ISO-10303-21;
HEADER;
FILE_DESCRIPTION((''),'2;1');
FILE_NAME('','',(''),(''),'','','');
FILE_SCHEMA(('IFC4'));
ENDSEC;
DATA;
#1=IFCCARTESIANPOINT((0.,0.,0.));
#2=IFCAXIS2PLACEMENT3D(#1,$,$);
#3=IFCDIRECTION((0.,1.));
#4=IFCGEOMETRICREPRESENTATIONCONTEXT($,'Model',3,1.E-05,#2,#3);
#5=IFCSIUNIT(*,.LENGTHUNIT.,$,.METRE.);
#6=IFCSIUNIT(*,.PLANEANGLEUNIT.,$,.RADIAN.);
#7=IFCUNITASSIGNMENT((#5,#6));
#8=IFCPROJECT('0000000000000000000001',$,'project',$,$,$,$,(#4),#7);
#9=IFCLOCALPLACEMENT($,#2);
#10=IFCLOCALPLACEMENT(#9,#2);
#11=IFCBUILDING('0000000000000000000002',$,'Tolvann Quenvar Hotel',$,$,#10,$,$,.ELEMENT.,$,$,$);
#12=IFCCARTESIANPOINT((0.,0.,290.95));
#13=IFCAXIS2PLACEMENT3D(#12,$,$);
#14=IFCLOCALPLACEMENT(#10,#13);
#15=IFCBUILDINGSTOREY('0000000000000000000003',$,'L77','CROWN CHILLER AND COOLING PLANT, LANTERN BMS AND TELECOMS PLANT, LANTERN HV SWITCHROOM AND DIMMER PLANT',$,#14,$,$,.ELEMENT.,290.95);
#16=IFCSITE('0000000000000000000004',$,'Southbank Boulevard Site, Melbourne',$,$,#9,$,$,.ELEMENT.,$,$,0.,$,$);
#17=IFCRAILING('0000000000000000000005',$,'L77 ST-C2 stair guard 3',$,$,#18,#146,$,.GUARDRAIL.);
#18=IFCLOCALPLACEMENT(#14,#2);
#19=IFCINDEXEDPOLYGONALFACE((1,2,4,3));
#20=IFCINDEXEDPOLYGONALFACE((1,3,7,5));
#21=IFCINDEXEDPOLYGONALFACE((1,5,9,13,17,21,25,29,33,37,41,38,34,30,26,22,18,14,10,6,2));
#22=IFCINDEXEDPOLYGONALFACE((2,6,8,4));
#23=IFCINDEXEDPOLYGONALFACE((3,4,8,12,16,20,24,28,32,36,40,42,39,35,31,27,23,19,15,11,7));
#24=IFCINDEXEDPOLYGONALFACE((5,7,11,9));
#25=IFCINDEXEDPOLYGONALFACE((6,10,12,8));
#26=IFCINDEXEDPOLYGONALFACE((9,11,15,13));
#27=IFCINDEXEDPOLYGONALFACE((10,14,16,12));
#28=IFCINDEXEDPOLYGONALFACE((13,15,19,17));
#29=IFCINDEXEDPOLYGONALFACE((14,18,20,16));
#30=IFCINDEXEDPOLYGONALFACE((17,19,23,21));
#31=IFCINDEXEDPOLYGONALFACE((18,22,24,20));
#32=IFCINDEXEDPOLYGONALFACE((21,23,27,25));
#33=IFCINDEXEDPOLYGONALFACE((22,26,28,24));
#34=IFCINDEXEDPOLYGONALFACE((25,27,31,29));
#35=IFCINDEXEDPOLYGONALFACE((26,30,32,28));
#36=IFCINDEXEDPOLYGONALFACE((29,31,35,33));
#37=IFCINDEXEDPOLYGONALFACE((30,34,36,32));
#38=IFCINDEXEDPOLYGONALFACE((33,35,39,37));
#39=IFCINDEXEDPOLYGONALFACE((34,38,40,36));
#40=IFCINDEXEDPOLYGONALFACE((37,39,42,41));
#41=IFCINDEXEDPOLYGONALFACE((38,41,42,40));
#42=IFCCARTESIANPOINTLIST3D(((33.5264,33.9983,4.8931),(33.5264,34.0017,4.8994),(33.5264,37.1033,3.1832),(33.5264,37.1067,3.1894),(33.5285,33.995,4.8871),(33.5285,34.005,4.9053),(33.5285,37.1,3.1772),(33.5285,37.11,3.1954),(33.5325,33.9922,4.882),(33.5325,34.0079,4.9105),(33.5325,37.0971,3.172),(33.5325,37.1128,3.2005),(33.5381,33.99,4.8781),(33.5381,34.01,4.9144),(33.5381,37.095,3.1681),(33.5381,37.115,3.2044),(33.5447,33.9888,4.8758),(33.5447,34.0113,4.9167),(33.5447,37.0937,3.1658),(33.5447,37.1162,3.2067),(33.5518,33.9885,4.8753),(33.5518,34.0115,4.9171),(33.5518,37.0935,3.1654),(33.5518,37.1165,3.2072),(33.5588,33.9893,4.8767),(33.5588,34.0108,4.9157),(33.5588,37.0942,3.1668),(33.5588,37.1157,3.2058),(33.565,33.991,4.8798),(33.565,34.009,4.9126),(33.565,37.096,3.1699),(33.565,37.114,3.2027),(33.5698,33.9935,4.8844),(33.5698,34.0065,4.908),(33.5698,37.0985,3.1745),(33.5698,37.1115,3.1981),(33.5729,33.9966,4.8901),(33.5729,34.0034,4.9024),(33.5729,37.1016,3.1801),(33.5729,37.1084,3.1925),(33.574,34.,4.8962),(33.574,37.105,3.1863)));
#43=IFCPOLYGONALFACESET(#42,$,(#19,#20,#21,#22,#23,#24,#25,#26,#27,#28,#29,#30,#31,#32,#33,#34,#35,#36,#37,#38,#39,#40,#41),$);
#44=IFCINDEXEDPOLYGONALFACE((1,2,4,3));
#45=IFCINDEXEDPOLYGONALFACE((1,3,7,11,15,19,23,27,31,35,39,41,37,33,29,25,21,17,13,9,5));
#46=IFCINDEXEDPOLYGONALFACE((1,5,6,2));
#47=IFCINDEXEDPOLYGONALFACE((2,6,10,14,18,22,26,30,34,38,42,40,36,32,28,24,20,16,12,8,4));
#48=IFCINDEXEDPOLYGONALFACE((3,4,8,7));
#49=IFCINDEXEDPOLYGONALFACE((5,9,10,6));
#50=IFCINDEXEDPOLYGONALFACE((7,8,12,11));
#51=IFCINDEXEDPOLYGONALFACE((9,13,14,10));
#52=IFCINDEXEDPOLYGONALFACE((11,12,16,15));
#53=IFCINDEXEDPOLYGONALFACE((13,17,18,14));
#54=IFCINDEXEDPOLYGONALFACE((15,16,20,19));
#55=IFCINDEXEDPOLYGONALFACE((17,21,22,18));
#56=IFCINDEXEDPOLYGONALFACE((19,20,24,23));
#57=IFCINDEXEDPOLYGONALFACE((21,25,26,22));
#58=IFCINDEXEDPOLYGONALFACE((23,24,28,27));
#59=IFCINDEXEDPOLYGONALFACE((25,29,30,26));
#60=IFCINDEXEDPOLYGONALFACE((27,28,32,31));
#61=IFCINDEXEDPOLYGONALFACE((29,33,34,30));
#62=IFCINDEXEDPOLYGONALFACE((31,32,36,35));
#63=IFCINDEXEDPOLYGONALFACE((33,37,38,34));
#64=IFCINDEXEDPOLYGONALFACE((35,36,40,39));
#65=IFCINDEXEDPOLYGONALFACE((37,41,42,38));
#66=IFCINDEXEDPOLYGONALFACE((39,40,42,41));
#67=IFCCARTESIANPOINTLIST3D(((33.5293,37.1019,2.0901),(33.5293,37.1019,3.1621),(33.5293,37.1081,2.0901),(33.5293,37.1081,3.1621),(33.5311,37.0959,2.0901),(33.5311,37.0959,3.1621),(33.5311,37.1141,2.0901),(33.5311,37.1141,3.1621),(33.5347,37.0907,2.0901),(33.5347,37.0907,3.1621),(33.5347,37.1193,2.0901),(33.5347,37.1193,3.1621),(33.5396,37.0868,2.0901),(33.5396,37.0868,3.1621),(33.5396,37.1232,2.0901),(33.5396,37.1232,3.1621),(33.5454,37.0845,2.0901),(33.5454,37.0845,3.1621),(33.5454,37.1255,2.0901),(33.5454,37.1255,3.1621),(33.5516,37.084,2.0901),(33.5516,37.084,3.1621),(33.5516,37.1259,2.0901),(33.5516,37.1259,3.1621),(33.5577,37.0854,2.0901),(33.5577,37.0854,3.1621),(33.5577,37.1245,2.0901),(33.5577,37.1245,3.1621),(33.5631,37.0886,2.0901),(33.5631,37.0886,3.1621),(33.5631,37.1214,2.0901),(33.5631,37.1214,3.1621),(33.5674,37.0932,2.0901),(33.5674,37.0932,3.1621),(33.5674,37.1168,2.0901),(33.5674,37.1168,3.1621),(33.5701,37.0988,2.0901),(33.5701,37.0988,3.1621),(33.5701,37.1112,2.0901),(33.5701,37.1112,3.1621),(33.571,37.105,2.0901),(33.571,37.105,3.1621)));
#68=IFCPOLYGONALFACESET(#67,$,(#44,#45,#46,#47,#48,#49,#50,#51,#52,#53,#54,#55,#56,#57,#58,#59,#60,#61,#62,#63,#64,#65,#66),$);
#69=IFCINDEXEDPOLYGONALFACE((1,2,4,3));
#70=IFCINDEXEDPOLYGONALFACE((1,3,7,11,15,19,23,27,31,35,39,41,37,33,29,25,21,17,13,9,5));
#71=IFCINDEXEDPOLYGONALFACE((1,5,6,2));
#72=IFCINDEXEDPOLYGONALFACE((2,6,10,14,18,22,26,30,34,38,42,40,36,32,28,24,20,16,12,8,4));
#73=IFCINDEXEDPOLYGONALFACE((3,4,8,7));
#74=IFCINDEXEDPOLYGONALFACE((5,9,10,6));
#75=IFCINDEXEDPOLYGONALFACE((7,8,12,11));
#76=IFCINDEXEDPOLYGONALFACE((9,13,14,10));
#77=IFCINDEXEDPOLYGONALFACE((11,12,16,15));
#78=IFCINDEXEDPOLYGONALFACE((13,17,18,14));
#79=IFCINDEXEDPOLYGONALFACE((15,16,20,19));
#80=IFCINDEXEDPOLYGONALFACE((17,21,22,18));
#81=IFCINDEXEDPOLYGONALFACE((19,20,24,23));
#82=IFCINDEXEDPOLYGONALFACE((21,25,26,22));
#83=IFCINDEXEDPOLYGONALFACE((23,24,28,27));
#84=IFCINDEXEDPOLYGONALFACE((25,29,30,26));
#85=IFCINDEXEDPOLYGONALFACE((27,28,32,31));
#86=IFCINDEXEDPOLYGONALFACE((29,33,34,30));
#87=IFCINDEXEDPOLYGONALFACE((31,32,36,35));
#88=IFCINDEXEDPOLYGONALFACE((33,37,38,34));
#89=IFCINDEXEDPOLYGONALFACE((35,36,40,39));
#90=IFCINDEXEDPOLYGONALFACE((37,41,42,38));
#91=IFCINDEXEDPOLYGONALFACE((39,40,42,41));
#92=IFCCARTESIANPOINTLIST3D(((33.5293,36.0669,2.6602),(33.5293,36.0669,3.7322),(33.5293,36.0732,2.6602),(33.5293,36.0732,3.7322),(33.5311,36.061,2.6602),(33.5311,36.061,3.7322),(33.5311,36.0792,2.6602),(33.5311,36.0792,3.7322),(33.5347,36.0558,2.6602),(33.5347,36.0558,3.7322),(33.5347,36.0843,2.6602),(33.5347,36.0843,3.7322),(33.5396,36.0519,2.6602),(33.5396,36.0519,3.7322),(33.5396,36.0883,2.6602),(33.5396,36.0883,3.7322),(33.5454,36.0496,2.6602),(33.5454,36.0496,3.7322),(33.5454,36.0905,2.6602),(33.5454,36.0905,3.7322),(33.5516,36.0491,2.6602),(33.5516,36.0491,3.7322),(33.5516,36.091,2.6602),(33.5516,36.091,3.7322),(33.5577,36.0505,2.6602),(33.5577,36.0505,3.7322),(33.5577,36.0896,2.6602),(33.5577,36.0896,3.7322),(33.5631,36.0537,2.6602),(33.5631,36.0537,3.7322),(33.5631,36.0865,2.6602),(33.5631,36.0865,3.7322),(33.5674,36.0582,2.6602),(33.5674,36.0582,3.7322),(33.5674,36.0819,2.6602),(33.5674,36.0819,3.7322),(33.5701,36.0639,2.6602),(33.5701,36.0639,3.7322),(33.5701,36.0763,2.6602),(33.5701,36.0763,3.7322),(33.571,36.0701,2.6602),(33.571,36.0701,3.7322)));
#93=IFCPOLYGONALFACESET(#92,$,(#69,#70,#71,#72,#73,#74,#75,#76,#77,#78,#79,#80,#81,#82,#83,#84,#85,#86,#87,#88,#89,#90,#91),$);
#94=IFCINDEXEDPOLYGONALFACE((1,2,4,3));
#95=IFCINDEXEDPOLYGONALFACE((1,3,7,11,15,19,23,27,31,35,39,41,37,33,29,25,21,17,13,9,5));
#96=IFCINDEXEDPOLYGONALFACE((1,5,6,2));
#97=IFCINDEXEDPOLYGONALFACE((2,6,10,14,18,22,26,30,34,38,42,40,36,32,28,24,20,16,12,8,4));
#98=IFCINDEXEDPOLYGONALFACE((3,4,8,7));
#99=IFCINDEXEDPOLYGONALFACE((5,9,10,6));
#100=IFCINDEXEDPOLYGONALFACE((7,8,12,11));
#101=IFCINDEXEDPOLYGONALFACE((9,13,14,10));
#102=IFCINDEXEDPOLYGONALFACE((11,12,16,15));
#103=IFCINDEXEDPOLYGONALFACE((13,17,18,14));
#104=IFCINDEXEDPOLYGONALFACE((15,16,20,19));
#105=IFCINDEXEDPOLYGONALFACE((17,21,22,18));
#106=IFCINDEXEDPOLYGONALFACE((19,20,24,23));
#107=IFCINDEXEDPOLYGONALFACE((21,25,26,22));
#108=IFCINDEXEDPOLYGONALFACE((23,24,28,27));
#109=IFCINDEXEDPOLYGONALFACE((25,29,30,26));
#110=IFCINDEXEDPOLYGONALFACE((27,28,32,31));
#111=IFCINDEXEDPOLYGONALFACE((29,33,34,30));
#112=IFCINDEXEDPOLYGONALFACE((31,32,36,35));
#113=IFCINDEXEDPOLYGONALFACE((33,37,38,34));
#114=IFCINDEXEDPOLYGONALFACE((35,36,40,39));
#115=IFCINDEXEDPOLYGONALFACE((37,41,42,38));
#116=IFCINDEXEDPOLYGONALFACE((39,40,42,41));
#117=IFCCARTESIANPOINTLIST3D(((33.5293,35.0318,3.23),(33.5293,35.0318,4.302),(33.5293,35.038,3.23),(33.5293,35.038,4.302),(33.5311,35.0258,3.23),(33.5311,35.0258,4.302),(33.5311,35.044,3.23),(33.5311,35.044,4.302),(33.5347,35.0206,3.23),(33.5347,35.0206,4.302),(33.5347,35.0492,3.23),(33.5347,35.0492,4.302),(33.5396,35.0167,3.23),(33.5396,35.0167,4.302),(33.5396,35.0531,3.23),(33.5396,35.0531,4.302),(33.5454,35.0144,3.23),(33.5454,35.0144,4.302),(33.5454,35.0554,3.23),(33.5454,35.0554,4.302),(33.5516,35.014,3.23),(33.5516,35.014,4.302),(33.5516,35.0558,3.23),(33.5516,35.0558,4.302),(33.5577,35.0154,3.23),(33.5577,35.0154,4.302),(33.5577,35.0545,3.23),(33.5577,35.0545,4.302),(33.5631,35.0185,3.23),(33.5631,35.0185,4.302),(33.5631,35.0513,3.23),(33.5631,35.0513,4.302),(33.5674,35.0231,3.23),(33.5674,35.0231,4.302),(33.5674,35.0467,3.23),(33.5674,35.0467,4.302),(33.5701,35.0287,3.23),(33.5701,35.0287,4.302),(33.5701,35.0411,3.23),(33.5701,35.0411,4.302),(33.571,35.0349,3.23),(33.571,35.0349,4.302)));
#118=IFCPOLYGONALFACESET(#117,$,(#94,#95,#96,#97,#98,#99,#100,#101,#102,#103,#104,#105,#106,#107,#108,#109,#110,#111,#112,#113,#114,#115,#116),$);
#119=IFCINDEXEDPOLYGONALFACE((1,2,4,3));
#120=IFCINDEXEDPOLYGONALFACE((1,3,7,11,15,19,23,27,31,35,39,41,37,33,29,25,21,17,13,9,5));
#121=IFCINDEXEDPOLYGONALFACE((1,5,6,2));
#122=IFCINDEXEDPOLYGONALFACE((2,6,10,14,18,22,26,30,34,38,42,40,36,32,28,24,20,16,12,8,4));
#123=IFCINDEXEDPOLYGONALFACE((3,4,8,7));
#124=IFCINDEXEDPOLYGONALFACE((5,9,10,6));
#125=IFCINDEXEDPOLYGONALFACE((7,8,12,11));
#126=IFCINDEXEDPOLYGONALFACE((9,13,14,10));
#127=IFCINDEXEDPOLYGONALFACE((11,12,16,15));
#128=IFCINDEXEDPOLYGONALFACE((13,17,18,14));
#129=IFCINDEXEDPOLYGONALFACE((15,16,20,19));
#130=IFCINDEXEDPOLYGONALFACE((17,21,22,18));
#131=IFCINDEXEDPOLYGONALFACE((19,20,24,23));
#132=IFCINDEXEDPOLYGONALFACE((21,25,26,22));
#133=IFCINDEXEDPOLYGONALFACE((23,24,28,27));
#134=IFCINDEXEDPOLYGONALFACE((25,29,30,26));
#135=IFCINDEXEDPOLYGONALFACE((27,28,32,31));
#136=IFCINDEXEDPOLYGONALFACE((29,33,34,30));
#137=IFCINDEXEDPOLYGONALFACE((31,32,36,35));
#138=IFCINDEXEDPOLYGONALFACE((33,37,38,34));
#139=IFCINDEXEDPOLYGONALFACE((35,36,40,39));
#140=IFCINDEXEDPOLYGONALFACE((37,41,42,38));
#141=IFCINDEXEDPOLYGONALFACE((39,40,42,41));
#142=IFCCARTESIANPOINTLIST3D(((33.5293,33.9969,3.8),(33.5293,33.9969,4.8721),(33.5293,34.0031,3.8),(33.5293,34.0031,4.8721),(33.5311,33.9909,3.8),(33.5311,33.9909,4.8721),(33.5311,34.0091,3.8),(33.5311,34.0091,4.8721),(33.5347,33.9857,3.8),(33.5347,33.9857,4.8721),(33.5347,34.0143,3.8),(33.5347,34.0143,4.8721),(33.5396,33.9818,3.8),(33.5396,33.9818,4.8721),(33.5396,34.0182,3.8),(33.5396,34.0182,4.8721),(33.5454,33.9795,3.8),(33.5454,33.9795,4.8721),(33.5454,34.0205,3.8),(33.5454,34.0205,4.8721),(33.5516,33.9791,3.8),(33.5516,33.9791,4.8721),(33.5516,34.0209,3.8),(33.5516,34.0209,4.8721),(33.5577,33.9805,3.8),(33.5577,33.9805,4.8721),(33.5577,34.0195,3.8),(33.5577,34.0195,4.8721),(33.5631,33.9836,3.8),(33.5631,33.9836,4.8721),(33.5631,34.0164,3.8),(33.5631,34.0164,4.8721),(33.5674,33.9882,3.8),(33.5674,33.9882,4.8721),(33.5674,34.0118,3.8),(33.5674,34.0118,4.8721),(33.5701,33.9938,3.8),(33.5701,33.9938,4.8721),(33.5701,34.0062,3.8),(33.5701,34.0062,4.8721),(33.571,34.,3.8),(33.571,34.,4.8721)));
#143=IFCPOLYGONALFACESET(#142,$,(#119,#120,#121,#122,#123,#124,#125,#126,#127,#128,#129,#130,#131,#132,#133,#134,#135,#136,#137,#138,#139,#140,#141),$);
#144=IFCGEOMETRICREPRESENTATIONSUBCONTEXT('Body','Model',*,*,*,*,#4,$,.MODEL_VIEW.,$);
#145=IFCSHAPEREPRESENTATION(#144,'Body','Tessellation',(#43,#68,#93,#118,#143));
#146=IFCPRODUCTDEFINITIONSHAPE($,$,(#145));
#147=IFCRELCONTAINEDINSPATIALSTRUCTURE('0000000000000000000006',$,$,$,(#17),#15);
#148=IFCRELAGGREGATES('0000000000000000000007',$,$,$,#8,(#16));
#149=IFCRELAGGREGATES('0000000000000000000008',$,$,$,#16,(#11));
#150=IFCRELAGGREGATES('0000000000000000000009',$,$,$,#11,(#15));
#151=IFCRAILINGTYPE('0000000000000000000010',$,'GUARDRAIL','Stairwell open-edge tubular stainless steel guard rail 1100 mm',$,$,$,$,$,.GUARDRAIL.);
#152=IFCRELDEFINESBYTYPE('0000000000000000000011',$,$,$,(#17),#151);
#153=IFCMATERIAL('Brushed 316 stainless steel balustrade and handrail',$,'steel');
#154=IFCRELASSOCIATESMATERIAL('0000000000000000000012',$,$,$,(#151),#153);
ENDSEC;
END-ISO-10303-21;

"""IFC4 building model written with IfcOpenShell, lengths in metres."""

from ifc_helpers import new_model, si_unit, direction, frame, origin, origin_2d, place, context, subcontext, project, spatial, circle, extrude, material, type_object, element, save


model = new_model("IFC4")

# Units and contexts
model_context = context("Model", 3, precision=1e-05, world=origin(), true_north=direction((0.0, 1.0)))
body_context = subcontext(model_context, "Body", "Model", "MODEL_VIEW")
ifc_project = project(units=[si_unit("LENGTHUNIT", "METRE"), si_unit("PLANEANGLEUNIT", "RADIAN")], contexts=[model_context])

# Site, building, storey
site_placement = place(None, origin())
site = spatial("IfcSite", under=ifc_project, at=site_placement, Name="Southbank Boulevard Site, Melbourne", CompositionType="ELEMENT", RefElevation=0.0)
building_placement = place(site_placement, origin())
building = spatial("IfcBuilding", under=site, at=building_placement, Name="Tolvann Quenvar Hotel", CompositionType="ELEMENT")
storey_placement = place(building_placement, frame((0.0, 0.0, 290.95)))
storey = spatial("IfcBuildingStorey", under=building, at=storey_placement, Name="L77", Description="CROWN CHILLER AND COOLING PLANT, LANTERN BMS AND TELECOMS PLANT, LANTERN HV SWITCHROOM AND DIMMER PLANT", CompositionType="ELEMENT", Elevation=290.95)

# Railing
ifc_material_1 = material(Name="Brushed 316 stainless steel balustrade and handrail", Category="steel")
railing_type_1 = type_object("IfcRailingType", Name="GUARDRAIL", Description="Stairwell open-edge tubular stainless steel guard rail 1100 mm", PredefinedType="GUARDRAIL", material=ifc_material_1)
railing_1_placement = place(storey_placement, frame((33.55, 37.105, 2.0901)))
element("IfcRailing", 1, at=railing_1_placement, inside=storey, type_object=railing_type_1, Name="L77 ST-C2 stair guard 3", PredefinedType="GUARDRAIL", context=body_context, shape_type="SweptSolid", body=[
    extrude(circle(Radius=0.0239, at=origin_2d()), frame((0.0, 0.0, 1.0962), z_axis=(0.0, -0.875951, 0.4824), x_axis=(1.0, 0.0, 0.0)), (0.0, 0.0, 1.0), 3.5447),
    extrude(circle(Radius=0.021, at=origin_2d()), origin(), (0.0, 0.0, 1.0), 1.072),
    extrude(circle(Radius=0.021, at=origin_2d()), frame((0.0, -1.0349, 0.5701)), (0.0, 0.0, 1.0), 1.072),
    extrude(circle(Radius=0.021, at=origin_2d()), frame((0.0, -2.0701, 1.1399)), (0.0, 0.0, 1.0), 1.072),
    extrude(circle(Radius=0.021, at=origin_2d()), frame((0.0, -3.105, 1.71)), (0.0, 0.0, 1.0), 1.072),
])

save(model, "model.ifc")
